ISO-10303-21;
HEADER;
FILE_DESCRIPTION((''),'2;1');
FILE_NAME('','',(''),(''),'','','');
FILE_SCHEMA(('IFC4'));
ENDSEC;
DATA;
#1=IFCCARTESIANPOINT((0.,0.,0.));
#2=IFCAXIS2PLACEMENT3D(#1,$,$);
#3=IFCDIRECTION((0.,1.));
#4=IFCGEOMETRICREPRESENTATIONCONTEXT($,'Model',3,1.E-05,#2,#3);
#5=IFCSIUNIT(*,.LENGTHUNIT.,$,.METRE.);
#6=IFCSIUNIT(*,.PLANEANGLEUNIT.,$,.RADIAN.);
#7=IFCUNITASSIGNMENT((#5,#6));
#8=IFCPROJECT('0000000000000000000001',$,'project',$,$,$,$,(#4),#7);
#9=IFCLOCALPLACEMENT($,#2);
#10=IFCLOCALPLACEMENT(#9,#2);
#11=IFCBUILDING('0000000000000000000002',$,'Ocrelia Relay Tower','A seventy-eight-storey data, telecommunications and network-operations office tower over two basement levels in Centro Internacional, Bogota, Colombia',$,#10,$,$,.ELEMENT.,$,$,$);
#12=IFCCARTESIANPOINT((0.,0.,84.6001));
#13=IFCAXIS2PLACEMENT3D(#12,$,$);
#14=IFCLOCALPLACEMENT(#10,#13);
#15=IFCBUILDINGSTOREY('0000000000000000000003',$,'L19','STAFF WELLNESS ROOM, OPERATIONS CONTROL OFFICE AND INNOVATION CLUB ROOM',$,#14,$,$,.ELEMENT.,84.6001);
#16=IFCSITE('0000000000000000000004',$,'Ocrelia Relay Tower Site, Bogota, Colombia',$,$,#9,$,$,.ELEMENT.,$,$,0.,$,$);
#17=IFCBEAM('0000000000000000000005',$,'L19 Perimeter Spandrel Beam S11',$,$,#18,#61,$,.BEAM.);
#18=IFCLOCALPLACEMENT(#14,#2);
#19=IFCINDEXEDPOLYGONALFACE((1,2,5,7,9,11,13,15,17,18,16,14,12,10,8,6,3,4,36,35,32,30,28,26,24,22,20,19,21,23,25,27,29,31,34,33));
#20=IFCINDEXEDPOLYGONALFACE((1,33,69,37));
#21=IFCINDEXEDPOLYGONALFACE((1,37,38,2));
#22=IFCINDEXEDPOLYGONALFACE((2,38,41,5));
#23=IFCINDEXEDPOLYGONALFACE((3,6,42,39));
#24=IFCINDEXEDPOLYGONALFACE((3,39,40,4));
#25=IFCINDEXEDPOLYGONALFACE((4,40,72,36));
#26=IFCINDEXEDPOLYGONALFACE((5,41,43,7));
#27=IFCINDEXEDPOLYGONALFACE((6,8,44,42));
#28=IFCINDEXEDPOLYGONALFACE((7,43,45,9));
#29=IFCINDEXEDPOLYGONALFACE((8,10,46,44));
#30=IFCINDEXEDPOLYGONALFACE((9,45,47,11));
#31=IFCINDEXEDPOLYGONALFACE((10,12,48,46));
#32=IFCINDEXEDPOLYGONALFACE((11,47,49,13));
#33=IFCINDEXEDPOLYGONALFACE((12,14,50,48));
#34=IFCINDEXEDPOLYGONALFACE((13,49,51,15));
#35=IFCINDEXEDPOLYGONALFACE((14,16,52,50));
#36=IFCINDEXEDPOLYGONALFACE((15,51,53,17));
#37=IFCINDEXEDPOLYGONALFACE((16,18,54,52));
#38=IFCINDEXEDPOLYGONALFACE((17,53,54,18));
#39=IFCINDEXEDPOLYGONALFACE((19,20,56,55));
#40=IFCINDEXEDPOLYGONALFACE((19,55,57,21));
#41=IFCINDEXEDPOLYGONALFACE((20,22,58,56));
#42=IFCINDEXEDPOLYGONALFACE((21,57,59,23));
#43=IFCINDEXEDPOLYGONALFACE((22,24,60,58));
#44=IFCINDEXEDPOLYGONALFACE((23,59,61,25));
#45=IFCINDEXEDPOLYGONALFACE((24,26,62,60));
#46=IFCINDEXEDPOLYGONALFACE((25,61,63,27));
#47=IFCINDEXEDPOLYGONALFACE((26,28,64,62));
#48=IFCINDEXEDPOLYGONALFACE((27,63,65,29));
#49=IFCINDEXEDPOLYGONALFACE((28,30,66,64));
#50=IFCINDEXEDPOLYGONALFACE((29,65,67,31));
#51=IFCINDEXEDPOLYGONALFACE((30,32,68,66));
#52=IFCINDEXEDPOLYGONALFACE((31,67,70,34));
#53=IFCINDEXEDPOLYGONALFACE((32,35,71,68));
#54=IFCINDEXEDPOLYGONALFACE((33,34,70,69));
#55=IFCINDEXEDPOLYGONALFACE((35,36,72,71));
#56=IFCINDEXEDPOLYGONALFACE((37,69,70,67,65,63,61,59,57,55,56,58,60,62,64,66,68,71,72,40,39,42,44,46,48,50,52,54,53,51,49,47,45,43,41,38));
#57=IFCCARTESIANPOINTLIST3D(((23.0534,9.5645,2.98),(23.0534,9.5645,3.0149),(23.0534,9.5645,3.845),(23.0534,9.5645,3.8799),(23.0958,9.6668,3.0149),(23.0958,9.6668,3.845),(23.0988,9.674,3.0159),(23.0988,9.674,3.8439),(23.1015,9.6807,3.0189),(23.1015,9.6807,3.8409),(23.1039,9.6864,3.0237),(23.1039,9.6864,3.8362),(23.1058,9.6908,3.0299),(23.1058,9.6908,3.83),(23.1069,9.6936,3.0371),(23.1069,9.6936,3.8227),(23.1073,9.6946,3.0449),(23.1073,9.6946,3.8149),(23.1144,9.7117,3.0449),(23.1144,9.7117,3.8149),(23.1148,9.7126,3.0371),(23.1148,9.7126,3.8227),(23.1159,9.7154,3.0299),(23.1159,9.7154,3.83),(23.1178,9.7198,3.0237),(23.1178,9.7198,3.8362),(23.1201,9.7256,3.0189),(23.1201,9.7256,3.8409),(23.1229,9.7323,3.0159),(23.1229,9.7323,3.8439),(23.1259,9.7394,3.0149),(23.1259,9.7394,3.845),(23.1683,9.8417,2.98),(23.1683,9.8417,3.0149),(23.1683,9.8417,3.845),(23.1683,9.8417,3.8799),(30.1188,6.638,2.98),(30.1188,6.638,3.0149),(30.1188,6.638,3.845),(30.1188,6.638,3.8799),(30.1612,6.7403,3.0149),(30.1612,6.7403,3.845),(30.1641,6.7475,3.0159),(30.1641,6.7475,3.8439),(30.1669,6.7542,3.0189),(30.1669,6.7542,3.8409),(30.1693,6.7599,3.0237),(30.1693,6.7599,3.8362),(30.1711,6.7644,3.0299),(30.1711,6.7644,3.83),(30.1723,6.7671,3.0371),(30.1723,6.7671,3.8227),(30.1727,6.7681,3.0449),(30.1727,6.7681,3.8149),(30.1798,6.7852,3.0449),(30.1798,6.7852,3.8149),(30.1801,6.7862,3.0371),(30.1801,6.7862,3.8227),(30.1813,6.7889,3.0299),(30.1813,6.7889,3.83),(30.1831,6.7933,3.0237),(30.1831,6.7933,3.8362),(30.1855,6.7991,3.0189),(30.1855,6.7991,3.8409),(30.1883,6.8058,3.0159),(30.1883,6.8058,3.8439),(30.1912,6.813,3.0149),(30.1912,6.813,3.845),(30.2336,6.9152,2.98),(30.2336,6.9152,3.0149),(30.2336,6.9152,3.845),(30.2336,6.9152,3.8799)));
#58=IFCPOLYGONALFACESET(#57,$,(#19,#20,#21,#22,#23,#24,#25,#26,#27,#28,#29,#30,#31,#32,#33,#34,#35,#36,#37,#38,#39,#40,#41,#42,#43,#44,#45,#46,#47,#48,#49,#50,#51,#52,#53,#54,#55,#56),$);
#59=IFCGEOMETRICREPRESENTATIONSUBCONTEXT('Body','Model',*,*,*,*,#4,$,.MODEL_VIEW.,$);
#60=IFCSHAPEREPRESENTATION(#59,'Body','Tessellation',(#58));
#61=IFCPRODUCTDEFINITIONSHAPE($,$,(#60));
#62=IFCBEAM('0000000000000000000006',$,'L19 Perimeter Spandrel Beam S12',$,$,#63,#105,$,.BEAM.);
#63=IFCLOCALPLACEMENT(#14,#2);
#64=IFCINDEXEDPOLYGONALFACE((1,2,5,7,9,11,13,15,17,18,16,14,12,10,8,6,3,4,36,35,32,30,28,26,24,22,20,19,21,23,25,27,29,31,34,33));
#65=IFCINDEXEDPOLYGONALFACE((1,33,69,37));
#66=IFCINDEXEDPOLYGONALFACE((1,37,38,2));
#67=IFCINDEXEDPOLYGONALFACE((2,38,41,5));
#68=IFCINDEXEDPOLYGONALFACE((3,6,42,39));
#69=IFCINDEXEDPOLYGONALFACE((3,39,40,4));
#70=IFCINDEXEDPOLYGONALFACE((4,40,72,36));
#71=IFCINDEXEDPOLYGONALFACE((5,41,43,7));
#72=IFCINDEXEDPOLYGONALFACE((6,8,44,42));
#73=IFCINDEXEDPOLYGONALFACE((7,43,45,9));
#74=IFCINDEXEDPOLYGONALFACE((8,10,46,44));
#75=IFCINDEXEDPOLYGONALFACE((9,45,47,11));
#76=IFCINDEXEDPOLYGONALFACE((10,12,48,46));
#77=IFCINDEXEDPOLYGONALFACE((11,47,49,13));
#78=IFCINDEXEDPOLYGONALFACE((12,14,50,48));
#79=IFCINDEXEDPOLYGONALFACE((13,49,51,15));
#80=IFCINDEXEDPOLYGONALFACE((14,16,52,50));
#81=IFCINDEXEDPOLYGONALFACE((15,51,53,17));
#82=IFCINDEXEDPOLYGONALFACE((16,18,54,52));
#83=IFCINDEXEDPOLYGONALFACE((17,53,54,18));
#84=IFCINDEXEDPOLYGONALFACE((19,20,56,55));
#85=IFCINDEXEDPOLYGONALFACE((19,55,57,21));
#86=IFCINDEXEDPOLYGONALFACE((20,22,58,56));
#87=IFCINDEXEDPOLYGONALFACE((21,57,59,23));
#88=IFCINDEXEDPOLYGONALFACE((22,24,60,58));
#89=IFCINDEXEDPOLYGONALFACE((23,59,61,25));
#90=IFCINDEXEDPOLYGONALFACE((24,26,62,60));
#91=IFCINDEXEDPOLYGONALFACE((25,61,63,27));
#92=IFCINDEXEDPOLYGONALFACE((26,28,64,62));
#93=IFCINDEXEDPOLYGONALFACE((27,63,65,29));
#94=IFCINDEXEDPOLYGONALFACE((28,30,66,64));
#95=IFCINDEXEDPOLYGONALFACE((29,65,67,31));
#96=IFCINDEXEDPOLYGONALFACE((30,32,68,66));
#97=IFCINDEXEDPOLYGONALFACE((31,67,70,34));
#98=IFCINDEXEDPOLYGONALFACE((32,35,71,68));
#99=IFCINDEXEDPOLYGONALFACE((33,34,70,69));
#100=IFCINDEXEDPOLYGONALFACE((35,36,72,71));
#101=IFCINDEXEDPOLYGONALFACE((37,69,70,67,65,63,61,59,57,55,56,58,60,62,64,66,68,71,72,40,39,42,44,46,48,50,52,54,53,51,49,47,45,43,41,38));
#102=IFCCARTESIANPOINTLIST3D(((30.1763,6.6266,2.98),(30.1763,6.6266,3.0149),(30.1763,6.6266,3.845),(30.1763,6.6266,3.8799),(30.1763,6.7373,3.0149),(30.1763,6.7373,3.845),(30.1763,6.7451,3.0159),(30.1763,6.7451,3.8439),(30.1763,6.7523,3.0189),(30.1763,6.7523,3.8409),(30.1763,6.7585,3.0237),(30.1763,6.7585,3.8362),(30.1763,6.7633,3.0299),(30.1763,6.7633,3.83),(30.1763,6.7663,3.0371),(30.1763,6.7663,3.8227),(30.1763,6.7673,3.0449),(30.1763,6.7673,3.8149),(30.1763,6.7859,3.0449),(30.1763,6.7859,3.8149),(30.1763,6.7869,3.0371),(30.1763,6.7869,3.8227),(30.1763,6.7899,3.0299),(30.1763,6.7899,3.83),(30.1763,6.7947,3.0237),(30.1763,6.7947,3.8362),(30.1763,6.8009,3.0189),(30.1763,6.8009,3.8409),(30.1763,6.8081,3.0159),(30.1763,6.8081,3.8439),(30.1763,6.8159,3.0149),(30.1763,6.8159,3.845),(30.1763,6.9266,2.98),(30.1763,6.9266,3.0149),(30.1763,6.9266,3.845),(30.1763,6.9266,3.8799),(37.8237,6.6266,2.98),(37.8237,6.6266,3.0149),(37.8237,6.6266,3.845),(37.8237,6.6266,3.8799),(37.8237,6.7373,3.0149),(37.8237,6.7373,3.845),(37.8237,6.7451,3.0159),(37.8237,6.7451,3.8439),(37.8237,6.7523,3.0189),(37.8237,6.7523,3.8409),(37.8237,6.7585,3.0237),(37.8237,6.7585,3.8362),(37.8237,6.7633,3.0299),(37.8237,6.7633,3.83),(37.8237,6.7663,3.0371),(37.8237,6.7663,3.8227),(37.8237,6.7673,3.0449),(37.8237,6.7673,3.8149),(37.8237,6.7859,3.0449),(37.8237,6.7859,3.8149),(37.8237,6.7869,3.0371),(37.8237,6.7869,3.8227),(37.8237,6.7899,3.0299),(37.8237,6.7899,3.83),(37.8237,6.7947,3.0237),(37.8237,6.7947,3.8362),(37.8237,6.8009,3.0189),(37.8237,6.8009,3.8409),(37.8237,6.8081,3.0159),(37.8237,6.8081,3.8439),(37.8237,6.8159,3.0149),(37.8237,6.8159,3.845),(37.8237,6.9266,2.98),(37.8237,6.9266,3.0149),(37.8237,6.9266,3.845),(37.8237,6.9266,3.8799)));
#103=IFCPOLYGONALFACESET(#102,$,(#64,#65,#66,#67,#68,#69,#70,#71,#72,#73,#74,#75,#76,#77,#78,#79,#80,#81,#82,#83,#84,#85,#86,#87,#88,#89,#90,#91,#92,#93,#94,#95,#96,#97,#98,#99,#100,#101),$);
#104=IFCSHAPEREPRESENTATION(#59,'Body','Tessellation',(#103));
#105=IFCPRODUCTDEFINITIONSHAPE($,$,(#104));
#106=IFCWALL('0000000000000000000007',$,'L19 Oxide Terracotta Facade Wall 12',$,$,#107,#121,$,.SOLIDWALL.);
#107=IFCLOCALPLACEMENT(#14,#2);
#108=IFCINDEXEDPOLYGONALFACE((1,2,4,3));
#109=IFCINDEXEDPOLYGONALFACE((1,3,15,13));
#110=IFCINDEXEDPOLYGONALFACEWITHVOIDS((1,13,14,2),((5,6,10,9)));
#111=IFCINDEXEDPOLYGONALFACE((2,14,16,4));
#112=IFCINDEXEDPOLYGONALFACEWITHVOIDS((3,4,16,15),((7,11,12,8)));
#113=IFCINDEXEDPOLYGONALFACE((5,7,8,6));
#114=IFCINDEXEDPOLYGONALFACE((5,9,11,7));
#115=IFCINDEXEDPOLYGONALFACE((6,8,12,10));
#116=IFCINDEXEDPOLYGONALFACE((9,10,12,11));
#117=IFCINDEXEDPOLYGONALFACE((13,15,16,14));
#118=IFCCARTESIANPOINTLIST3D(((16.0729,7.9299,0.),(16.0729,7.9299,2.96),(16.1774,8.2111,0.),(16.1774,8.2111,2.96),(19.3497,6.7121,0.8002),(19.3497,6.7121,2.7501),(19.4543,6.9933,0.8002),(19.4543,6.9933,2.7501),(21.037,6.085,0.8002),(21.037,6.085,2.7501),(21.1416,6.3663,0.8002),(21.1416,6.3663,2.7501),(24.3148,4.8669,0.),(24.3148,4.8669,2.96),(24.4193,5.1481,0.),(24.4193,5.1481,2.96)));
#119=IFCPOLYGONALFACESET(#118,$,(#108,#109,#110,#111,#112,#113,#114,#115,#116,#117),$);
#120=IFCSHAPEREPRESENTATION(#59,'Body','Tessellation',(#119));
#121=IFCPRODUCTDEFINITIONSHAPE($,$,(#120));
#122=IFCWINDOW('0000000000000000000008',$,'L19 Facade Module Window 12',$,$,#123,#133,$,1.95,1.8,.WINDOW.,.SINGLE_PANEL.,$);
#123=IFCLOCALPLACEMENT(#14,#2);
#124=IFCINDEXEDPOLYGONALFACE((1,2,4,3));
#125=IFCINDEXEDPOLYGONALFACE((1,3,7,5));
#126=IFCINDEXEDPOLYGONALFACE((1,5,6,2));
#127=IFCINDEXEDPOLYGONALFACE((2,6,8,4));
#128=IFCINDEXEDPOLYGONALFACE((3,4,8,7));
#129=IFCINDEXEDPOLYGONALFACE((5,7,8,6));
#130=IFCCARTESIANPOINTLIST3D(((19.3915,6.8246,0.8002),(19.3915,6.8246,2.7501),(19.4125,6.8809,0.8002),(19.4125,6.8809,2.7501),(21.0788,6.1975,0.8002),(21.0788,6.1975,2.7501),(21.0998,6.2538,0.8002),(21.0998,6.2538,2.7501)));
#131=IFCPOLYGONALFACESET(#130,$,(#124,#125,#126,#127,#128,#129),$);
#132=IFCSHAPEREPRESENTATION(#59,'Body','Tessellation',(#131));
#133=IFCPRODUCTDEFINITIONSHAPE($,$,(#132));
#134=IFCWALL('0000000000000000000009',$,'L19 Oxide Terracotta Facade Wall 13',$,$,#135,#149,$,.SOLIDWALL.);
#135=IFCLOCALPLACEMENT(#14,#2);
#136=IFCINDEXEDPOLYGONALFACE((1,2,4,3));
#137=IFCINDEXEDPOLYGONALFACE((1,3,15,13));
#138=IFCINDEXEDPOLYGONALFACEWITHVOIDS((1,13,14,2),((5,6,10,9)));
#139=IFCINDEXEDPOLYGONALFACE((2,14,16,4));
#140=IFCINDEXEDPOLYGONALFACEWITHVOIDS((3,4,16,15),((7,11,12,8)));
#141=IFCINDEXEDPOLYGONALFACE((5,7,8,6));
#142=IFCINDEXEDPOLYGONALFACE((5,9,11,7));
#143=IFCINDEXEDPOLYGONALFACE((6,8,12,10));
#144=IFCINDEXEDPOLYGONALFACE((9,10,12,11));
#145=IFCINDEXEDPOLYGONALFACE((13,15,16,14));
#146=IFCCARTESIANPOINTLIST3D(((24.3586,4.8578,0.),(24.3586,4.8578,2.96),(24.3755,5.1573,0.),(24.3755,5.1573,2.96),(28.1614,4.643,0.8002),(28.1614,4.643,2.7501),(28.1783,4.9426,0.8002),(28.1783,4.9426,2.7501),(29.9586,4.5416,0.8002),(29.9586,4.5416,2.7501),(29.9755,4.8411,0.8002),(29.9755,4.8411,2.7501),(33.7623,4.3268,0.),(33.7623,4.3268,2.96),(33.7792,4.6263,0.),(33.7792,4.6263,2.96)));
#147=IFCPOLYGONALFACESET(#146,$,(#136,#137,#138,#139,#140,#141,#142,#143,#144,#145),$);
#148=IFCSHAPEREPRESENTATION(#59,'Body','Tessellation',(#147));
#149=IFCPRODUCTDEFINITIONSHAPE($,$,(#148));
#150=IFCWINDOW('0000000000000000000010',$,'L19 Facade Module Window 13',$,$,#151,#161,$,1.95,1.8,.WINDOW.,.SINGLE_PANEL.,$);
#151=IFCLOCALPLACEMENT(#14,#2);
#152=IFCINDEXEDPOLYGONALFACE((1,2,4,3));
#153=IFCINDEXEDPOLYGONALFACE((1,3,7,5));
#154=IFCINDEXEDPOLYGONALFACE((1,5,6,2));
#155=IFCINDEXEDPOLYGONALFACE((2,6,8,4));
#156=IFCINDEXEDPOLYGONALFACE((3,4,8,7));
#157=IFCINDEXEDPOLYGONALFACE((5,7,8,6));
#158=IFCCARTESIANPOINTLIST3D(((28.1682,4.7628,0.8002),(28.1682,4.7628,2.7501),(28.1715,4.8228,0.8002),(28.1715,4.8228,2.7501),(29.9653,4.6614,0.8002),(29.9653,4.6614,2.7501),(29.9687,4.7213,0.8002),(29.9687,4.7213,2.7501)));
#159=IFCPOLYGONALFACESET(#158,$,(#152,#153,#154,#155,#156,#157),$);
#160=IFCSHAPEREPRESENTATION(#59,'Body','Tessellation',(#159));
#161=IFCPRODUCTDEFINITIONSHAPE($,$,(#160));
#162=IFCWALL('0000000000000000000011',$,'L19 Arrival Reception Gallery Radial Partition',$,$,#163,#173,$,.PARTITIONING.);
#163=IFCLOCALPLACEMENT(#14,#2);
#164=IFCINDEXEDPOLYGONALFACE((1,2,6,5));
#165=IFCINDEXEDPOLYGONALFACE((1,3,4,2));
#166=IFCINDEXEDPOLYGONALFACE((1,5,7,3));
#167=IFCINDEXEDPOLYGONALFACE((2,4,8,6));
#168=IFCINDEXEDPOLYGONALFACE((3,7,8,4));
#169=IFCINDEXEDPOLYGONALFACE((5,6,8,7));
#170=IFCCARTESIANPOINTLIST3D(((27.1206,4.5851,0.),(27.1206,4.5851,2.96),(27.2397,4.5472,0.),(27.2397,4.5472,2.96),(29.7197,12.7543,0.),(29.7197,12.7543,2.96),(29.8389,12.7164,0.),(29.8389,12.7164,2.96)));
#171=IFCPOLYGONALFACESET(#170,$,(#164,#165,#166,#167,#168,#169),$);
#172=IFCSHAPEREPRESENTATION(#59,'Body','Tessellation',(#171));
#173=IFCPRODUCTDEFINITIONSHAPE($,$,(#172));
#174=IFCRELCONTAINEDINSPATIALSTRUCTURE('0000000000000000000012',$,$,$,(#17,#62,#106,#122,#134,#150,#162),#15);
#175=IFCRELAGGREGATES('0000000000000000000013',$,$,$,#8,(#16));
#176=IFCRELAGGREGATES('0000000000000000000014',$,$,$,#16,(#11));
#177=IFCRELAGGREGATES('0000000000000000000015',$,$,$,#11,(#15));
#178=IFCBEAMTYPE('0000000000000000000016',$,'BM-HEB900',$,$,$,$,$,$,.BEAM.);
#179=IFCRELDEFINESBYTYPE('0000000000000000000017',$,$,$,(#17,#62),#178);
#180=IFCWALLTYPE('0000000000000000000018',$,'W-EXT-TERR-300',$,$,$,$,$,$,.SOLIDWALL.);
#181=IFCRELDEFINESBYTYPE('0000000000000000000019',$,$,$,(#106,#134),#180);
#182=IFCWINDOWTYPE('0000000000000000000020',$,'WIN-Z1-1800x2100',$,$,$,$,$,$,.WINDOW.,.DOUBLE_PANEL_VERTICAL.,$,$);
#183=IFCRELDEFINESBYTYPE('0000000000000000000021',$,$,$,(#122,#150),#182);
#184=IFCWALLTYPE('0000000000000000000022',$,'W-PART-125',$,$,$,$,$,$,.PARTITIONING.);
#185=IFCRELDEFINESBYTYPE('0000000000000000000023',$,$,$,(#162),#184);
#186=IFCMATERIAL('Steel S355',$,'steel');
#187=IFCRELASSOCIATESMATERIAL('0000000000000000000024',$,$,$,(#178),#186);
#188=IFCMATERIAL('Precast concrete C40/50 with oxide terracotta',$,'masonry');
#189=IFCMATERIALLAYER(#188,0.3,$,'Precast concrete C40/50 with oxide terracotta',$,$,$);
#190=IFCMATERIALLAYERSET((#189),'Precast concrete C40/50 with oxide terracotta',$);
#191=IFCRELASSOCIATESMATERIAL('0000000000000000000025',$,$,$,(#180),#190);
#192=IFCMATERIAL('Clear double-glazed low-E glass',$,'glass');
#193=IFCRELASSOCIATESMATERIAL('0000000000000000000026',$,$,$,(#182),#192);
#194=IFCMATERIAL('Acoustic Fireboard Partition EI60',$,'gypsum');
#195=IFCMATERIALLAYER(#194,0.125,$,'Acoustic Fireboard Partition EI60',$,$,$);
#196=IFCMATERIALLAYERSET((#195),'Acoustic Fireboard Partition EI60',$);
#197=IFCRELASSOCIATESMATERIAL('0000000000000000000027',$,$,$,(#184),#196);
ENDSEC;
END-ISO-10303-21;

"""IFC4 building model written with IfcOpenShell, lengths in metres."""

from ifc_helpers import new_model, si_unit, direction, frame, frame_2d, origin, origin_2d, place, context, subcontext, project, spatial, rectangle, i_section, extrude, material, layer, layer_set, material_profile, profile_set, type_object, element, fill, save


model = new_model("IFC4")

# Units and contexts
model_context = context("Model", 3, precision=1e-05, world=origin(), true_north=direction((0.0, 1.0)))
body_context = subcontext(model_context, "Body", "Model", "MODEL_VIEW")
ifc_project = project(units=[si_unit("LENGTHUNIT", "METRE"), si_unit("PLANEANGLEUNIT", "RADIAN")], contexts=[model_context])

# Site, building, storey
site_placement = place(None, origin())
site = spatial("IfcSite", under=ifc_project, at=site_placement, Name="Ocrelia Relay Tower Site, Bogota, Colombia", CompositionType="ELEMENT", RefElevation=0.0)
building_placement = place(site_placement, origin())
building = spatial("IfcBuilding", under=site, at=building_placement, Name="Ocrelia Relay Tower", Description="A seventy-eight-storey data, telecommunications and network-operations office tower over two basement levels in Centro Internacional, Bogota, Colombia", CompositionType="ELEMENT")
storey_placement = place(building_placement, frame((0.0, 0.0, 84.6001)))
storey = spatial("IfcBuildingStorey", under=building, at=storey_placement, Name="L19", Description="STAFF WELLNESS ROOM, OPERATIONS CONTROL OFFICE AND INNOVATION CLUB ROOM", CompositionType="ELEMENT", Elevation=84.6001)

# Beams
ifc_material_1 = material(Name="Steel S355", Category="steel")
ifc_material_profile_1 = material_profile(ifc_material_1, i_section(OverallWidth=0.3, OverallDepth=0.8999, WebThickness=0.0186, FlangeThickness=0.0349, FilletRadius=0.03, at=origin_2d()), Name="HEB 900")
ifc_profile_set_1 = profile_set([ifc_material_profile_1], Name="Steel S355")
beam_type_1 = type_object("IfcBeamType", Name="BM-HEB900", PredefinedType="BEAM", material=ifc_profile_set_1)
for number, where, z_axis, x_axis, name in (
    (1, (23.1108, 9.7031, 3.4299), (0.923883, -0.382674, 0.0), (0.382674, 0.923883, 0.0), "L19 Perimeter Spandrel Beam S11"),
    (2, (30.1763, 6.7766, 3.4299), (1.0, 0.0, 0.0), (0.0, 1.0, 0.0), "L19 Perimeter Spandrel Beam S12"),
):
    element("IfcBeam", number, at=place(storey_placement, frame(where, z_axis=z_axis, x_axis=x_axis)), inside=storey, type_object=beam_type_1, Name=name, PredefinedType="BEAM", context=body_context, shape_type="SweptSolid", body=[
        extrude(i_section(OverallWidth=0.3, OverallDepth=0.8999, WebThickness=0.0186, FlangeThickness=0.0349, FilletRadius=0.03, at=origin_2d()), origin(), (0.0, 0.0, 1.0), 7.6475),
    ])

# Walls, openings, windows
ifc_material_2 = material(Name="Precast concrete C40/50 with oxide terracotta", Category="masonry")
ifc_layer_1 = layer(ifc_material_2, 0.3, Name="Precast concrete C40/50 with oxide terracotta")
ifc_layer_set_1 = layer_set([ifc_layer_1], Name="Precast concrete C40/50 with oxide terracotta")
wall_type_1 = type_object("IfcWallType", Name="W-EXT-TERR-300", PredefinedType="SOLIDWALL", material=ifc_layer_set_1)
wall_1_placement = place(storey_placement, frame((16.125, 8.0706, 0.0), z_axis=(0.0, 0.0, 1.0), x_axis=(0.937362, -0.348356, 0.0)))
wall_1 = element("IfcWall", 3, at=wall_1_placement, inside=storey, type_object=wall_type_1, Name="L19 Oxide Terracotta Facade Wall 12", PredefinedType="SOLIDWALL", context=body_context, shape_type="SweptSolid", body=[
    extrude(rectangle(XDim=8.7927, YDim=0.3, at=frame_2d((4.3965, 0.0))), origin(), (0.0, 0.0, 1.0), 2.96),
])
opening_1_placement = place(wall_1_placement, frame((3.4961, 0.0, 0.8)))
opening_1 = element("IfcOpeningElement", 4, at=opening_1_placement, cuts=wall_1, PredefinedType="OPENING", context=body_context, shape_type="SweptSolid", body=[
    extrude(rectangle(XDim=1.8, YDim=1.95, at=frame_2d((0.8999, 0.9751))), frame((0.0, 0.1602, 0.0), z_axis=(0.0, -1.0, 0.0), x_axis=(1.0, 0.0, 0.0)), (0.0, 0.0, 1.0), 0.3201),
])
ifc_material_3 = material(Name="Clear double-glazed low-E glass", Category="glass")
window_type = type_object("IfcWindowType", Name="WIN-Z1-1800x2100", PartitioningType="DOUBLE_PANEL_VERTICAL", PredefinedType="WINDOW", material=ifc_material_3)
window_1_placement = place(opening_1_placement, origin())
window_1 = element("IfcWindow", 5, at=window_1_placement, inside=storey, type_object=window_type, Name="L19 Facade Module Window 12", OverallHeight=1.95, OverallWidth=1.8, PartitioningType="SINGLE_PANEL", PredefinedType="WINDOW", context=body_context, shape_type="SweptSolid", body=[
    extrude(rectangle(XDim=1.8, YDim=1.95, at=frame_2d((0.8999, 0.9751))), frame((0.0, 0.03, 0.0), z_axis=(0.0, -1.0, 0.0), x_axis=(1.0, 0.0, 0.0)), (0.0, 0.0, 1.0), 0.0601),
])
fill(opening_1, window_1)
wall_2_placement = place(storey_placement, frame((24.3669, 5.0076, 0.0), z_axis=(0.0, 0.0, 1.0), x_axis=(0.99841, -0.056377, 0.0)))
wall_2 = element("IfcWall", 6, at=wall_2_placement, inside=storey, type_object=wall_type_1, Name="L19 Oxide Terracotta Facade Wall 13", PredefinedType="SOLIDWALL", context=body_context, shape_type="SweptSolid", body=[
    extrude(rectangle(XDim=9.4187, YDim=0.3, at=frame_2d((4.7095, 0.0))), origin(), (0.0, 0.0, 1.0), 2.96),
])
opening_2_placement = place(wall_2_placement, frame((3.8091, 0.0, 0.8)))
opening_2 = element("IfcOpeningElement", 7, at=opening_2_placement, cuts=wall_2, PredefinedType="OPENING", context=body_context, shape_type="SweptSolid", body=[
    extrude(rectangle(XDim=1.8, YDim=1.95, at=frame_2d((0.8999, 0.9751))), frame((0.0, 0.1602, 0.0), z_axis=(0.0, -1.0, 0.0), x_axis=(1.0, 0.0, 0.0)), (0.0, 0.0, 1.0), 0.3201),
])
window_2_placement = place(opening_2_placement, origin())
window_2 = element("IfcWindow", 8, at=window_2_placement, inside=storey, type_object=window_type, Name="L19 Facade Module Window 13", OverallHeight=1.95, OverallWidth=1.8, PartitioningType="SINGLE_PANEL", PredefinedType="WINDOW", context=body_context, shape_type="SweptSolid", body=[
    extrude(rectangle(XDim=1.8, YDim=1.95, at=frame_2d((0.8999, 0.9751))), frame((0.0, 0.03, 0.0), z_axis=(0.0, -1.0, 0.0), x_axis=(1.0, 0.0, 0.0)), (0.0, 0.0, 1.0), 0.0601),
])
fill(opening_2, window_2)

# Wall
ifc_material_4 = material(Name="Acoustic Fireboard Partition EI60", Category="gypsum")
ifc_layer_2 = layer(ifc_material_4, 0.125, Name="Acoustic Fireboard Partition EI60")
ifc_layer_set_2 = layer_set([ifc_layer_2], Name="Acoustic Fireboard Partition EI60")
wall_type_2 = type_object("IfcWallType", Name="W-PART-125", PredefinedType="PARTITIONING", material=ifc_layer_set_2)
wall_3_placement = place(storey_placement, frame((29.7793, 12.7354, 0.0), z_axis=(0.0, 0.0, 1.0), x_axis=(-0.303186, -0.952931, 0.0)))
element("IfcWall", 9, at=wall_3_placement, inside=storey, type_object=wall_type_2, Name="L19 Arrival Reception Gallery Radial Partition", PredefinedType="PARTITIONING", context=body_context, shape_type="SweptSolid", body=[
    extrude(rectangle(XDim=8.5728, YDim=0.125, at=frame_2d((4.2864, 0.0))), origin(), (0.0, 0.0, 1.0), 2.96),
])

save(model, "model.ifc")
